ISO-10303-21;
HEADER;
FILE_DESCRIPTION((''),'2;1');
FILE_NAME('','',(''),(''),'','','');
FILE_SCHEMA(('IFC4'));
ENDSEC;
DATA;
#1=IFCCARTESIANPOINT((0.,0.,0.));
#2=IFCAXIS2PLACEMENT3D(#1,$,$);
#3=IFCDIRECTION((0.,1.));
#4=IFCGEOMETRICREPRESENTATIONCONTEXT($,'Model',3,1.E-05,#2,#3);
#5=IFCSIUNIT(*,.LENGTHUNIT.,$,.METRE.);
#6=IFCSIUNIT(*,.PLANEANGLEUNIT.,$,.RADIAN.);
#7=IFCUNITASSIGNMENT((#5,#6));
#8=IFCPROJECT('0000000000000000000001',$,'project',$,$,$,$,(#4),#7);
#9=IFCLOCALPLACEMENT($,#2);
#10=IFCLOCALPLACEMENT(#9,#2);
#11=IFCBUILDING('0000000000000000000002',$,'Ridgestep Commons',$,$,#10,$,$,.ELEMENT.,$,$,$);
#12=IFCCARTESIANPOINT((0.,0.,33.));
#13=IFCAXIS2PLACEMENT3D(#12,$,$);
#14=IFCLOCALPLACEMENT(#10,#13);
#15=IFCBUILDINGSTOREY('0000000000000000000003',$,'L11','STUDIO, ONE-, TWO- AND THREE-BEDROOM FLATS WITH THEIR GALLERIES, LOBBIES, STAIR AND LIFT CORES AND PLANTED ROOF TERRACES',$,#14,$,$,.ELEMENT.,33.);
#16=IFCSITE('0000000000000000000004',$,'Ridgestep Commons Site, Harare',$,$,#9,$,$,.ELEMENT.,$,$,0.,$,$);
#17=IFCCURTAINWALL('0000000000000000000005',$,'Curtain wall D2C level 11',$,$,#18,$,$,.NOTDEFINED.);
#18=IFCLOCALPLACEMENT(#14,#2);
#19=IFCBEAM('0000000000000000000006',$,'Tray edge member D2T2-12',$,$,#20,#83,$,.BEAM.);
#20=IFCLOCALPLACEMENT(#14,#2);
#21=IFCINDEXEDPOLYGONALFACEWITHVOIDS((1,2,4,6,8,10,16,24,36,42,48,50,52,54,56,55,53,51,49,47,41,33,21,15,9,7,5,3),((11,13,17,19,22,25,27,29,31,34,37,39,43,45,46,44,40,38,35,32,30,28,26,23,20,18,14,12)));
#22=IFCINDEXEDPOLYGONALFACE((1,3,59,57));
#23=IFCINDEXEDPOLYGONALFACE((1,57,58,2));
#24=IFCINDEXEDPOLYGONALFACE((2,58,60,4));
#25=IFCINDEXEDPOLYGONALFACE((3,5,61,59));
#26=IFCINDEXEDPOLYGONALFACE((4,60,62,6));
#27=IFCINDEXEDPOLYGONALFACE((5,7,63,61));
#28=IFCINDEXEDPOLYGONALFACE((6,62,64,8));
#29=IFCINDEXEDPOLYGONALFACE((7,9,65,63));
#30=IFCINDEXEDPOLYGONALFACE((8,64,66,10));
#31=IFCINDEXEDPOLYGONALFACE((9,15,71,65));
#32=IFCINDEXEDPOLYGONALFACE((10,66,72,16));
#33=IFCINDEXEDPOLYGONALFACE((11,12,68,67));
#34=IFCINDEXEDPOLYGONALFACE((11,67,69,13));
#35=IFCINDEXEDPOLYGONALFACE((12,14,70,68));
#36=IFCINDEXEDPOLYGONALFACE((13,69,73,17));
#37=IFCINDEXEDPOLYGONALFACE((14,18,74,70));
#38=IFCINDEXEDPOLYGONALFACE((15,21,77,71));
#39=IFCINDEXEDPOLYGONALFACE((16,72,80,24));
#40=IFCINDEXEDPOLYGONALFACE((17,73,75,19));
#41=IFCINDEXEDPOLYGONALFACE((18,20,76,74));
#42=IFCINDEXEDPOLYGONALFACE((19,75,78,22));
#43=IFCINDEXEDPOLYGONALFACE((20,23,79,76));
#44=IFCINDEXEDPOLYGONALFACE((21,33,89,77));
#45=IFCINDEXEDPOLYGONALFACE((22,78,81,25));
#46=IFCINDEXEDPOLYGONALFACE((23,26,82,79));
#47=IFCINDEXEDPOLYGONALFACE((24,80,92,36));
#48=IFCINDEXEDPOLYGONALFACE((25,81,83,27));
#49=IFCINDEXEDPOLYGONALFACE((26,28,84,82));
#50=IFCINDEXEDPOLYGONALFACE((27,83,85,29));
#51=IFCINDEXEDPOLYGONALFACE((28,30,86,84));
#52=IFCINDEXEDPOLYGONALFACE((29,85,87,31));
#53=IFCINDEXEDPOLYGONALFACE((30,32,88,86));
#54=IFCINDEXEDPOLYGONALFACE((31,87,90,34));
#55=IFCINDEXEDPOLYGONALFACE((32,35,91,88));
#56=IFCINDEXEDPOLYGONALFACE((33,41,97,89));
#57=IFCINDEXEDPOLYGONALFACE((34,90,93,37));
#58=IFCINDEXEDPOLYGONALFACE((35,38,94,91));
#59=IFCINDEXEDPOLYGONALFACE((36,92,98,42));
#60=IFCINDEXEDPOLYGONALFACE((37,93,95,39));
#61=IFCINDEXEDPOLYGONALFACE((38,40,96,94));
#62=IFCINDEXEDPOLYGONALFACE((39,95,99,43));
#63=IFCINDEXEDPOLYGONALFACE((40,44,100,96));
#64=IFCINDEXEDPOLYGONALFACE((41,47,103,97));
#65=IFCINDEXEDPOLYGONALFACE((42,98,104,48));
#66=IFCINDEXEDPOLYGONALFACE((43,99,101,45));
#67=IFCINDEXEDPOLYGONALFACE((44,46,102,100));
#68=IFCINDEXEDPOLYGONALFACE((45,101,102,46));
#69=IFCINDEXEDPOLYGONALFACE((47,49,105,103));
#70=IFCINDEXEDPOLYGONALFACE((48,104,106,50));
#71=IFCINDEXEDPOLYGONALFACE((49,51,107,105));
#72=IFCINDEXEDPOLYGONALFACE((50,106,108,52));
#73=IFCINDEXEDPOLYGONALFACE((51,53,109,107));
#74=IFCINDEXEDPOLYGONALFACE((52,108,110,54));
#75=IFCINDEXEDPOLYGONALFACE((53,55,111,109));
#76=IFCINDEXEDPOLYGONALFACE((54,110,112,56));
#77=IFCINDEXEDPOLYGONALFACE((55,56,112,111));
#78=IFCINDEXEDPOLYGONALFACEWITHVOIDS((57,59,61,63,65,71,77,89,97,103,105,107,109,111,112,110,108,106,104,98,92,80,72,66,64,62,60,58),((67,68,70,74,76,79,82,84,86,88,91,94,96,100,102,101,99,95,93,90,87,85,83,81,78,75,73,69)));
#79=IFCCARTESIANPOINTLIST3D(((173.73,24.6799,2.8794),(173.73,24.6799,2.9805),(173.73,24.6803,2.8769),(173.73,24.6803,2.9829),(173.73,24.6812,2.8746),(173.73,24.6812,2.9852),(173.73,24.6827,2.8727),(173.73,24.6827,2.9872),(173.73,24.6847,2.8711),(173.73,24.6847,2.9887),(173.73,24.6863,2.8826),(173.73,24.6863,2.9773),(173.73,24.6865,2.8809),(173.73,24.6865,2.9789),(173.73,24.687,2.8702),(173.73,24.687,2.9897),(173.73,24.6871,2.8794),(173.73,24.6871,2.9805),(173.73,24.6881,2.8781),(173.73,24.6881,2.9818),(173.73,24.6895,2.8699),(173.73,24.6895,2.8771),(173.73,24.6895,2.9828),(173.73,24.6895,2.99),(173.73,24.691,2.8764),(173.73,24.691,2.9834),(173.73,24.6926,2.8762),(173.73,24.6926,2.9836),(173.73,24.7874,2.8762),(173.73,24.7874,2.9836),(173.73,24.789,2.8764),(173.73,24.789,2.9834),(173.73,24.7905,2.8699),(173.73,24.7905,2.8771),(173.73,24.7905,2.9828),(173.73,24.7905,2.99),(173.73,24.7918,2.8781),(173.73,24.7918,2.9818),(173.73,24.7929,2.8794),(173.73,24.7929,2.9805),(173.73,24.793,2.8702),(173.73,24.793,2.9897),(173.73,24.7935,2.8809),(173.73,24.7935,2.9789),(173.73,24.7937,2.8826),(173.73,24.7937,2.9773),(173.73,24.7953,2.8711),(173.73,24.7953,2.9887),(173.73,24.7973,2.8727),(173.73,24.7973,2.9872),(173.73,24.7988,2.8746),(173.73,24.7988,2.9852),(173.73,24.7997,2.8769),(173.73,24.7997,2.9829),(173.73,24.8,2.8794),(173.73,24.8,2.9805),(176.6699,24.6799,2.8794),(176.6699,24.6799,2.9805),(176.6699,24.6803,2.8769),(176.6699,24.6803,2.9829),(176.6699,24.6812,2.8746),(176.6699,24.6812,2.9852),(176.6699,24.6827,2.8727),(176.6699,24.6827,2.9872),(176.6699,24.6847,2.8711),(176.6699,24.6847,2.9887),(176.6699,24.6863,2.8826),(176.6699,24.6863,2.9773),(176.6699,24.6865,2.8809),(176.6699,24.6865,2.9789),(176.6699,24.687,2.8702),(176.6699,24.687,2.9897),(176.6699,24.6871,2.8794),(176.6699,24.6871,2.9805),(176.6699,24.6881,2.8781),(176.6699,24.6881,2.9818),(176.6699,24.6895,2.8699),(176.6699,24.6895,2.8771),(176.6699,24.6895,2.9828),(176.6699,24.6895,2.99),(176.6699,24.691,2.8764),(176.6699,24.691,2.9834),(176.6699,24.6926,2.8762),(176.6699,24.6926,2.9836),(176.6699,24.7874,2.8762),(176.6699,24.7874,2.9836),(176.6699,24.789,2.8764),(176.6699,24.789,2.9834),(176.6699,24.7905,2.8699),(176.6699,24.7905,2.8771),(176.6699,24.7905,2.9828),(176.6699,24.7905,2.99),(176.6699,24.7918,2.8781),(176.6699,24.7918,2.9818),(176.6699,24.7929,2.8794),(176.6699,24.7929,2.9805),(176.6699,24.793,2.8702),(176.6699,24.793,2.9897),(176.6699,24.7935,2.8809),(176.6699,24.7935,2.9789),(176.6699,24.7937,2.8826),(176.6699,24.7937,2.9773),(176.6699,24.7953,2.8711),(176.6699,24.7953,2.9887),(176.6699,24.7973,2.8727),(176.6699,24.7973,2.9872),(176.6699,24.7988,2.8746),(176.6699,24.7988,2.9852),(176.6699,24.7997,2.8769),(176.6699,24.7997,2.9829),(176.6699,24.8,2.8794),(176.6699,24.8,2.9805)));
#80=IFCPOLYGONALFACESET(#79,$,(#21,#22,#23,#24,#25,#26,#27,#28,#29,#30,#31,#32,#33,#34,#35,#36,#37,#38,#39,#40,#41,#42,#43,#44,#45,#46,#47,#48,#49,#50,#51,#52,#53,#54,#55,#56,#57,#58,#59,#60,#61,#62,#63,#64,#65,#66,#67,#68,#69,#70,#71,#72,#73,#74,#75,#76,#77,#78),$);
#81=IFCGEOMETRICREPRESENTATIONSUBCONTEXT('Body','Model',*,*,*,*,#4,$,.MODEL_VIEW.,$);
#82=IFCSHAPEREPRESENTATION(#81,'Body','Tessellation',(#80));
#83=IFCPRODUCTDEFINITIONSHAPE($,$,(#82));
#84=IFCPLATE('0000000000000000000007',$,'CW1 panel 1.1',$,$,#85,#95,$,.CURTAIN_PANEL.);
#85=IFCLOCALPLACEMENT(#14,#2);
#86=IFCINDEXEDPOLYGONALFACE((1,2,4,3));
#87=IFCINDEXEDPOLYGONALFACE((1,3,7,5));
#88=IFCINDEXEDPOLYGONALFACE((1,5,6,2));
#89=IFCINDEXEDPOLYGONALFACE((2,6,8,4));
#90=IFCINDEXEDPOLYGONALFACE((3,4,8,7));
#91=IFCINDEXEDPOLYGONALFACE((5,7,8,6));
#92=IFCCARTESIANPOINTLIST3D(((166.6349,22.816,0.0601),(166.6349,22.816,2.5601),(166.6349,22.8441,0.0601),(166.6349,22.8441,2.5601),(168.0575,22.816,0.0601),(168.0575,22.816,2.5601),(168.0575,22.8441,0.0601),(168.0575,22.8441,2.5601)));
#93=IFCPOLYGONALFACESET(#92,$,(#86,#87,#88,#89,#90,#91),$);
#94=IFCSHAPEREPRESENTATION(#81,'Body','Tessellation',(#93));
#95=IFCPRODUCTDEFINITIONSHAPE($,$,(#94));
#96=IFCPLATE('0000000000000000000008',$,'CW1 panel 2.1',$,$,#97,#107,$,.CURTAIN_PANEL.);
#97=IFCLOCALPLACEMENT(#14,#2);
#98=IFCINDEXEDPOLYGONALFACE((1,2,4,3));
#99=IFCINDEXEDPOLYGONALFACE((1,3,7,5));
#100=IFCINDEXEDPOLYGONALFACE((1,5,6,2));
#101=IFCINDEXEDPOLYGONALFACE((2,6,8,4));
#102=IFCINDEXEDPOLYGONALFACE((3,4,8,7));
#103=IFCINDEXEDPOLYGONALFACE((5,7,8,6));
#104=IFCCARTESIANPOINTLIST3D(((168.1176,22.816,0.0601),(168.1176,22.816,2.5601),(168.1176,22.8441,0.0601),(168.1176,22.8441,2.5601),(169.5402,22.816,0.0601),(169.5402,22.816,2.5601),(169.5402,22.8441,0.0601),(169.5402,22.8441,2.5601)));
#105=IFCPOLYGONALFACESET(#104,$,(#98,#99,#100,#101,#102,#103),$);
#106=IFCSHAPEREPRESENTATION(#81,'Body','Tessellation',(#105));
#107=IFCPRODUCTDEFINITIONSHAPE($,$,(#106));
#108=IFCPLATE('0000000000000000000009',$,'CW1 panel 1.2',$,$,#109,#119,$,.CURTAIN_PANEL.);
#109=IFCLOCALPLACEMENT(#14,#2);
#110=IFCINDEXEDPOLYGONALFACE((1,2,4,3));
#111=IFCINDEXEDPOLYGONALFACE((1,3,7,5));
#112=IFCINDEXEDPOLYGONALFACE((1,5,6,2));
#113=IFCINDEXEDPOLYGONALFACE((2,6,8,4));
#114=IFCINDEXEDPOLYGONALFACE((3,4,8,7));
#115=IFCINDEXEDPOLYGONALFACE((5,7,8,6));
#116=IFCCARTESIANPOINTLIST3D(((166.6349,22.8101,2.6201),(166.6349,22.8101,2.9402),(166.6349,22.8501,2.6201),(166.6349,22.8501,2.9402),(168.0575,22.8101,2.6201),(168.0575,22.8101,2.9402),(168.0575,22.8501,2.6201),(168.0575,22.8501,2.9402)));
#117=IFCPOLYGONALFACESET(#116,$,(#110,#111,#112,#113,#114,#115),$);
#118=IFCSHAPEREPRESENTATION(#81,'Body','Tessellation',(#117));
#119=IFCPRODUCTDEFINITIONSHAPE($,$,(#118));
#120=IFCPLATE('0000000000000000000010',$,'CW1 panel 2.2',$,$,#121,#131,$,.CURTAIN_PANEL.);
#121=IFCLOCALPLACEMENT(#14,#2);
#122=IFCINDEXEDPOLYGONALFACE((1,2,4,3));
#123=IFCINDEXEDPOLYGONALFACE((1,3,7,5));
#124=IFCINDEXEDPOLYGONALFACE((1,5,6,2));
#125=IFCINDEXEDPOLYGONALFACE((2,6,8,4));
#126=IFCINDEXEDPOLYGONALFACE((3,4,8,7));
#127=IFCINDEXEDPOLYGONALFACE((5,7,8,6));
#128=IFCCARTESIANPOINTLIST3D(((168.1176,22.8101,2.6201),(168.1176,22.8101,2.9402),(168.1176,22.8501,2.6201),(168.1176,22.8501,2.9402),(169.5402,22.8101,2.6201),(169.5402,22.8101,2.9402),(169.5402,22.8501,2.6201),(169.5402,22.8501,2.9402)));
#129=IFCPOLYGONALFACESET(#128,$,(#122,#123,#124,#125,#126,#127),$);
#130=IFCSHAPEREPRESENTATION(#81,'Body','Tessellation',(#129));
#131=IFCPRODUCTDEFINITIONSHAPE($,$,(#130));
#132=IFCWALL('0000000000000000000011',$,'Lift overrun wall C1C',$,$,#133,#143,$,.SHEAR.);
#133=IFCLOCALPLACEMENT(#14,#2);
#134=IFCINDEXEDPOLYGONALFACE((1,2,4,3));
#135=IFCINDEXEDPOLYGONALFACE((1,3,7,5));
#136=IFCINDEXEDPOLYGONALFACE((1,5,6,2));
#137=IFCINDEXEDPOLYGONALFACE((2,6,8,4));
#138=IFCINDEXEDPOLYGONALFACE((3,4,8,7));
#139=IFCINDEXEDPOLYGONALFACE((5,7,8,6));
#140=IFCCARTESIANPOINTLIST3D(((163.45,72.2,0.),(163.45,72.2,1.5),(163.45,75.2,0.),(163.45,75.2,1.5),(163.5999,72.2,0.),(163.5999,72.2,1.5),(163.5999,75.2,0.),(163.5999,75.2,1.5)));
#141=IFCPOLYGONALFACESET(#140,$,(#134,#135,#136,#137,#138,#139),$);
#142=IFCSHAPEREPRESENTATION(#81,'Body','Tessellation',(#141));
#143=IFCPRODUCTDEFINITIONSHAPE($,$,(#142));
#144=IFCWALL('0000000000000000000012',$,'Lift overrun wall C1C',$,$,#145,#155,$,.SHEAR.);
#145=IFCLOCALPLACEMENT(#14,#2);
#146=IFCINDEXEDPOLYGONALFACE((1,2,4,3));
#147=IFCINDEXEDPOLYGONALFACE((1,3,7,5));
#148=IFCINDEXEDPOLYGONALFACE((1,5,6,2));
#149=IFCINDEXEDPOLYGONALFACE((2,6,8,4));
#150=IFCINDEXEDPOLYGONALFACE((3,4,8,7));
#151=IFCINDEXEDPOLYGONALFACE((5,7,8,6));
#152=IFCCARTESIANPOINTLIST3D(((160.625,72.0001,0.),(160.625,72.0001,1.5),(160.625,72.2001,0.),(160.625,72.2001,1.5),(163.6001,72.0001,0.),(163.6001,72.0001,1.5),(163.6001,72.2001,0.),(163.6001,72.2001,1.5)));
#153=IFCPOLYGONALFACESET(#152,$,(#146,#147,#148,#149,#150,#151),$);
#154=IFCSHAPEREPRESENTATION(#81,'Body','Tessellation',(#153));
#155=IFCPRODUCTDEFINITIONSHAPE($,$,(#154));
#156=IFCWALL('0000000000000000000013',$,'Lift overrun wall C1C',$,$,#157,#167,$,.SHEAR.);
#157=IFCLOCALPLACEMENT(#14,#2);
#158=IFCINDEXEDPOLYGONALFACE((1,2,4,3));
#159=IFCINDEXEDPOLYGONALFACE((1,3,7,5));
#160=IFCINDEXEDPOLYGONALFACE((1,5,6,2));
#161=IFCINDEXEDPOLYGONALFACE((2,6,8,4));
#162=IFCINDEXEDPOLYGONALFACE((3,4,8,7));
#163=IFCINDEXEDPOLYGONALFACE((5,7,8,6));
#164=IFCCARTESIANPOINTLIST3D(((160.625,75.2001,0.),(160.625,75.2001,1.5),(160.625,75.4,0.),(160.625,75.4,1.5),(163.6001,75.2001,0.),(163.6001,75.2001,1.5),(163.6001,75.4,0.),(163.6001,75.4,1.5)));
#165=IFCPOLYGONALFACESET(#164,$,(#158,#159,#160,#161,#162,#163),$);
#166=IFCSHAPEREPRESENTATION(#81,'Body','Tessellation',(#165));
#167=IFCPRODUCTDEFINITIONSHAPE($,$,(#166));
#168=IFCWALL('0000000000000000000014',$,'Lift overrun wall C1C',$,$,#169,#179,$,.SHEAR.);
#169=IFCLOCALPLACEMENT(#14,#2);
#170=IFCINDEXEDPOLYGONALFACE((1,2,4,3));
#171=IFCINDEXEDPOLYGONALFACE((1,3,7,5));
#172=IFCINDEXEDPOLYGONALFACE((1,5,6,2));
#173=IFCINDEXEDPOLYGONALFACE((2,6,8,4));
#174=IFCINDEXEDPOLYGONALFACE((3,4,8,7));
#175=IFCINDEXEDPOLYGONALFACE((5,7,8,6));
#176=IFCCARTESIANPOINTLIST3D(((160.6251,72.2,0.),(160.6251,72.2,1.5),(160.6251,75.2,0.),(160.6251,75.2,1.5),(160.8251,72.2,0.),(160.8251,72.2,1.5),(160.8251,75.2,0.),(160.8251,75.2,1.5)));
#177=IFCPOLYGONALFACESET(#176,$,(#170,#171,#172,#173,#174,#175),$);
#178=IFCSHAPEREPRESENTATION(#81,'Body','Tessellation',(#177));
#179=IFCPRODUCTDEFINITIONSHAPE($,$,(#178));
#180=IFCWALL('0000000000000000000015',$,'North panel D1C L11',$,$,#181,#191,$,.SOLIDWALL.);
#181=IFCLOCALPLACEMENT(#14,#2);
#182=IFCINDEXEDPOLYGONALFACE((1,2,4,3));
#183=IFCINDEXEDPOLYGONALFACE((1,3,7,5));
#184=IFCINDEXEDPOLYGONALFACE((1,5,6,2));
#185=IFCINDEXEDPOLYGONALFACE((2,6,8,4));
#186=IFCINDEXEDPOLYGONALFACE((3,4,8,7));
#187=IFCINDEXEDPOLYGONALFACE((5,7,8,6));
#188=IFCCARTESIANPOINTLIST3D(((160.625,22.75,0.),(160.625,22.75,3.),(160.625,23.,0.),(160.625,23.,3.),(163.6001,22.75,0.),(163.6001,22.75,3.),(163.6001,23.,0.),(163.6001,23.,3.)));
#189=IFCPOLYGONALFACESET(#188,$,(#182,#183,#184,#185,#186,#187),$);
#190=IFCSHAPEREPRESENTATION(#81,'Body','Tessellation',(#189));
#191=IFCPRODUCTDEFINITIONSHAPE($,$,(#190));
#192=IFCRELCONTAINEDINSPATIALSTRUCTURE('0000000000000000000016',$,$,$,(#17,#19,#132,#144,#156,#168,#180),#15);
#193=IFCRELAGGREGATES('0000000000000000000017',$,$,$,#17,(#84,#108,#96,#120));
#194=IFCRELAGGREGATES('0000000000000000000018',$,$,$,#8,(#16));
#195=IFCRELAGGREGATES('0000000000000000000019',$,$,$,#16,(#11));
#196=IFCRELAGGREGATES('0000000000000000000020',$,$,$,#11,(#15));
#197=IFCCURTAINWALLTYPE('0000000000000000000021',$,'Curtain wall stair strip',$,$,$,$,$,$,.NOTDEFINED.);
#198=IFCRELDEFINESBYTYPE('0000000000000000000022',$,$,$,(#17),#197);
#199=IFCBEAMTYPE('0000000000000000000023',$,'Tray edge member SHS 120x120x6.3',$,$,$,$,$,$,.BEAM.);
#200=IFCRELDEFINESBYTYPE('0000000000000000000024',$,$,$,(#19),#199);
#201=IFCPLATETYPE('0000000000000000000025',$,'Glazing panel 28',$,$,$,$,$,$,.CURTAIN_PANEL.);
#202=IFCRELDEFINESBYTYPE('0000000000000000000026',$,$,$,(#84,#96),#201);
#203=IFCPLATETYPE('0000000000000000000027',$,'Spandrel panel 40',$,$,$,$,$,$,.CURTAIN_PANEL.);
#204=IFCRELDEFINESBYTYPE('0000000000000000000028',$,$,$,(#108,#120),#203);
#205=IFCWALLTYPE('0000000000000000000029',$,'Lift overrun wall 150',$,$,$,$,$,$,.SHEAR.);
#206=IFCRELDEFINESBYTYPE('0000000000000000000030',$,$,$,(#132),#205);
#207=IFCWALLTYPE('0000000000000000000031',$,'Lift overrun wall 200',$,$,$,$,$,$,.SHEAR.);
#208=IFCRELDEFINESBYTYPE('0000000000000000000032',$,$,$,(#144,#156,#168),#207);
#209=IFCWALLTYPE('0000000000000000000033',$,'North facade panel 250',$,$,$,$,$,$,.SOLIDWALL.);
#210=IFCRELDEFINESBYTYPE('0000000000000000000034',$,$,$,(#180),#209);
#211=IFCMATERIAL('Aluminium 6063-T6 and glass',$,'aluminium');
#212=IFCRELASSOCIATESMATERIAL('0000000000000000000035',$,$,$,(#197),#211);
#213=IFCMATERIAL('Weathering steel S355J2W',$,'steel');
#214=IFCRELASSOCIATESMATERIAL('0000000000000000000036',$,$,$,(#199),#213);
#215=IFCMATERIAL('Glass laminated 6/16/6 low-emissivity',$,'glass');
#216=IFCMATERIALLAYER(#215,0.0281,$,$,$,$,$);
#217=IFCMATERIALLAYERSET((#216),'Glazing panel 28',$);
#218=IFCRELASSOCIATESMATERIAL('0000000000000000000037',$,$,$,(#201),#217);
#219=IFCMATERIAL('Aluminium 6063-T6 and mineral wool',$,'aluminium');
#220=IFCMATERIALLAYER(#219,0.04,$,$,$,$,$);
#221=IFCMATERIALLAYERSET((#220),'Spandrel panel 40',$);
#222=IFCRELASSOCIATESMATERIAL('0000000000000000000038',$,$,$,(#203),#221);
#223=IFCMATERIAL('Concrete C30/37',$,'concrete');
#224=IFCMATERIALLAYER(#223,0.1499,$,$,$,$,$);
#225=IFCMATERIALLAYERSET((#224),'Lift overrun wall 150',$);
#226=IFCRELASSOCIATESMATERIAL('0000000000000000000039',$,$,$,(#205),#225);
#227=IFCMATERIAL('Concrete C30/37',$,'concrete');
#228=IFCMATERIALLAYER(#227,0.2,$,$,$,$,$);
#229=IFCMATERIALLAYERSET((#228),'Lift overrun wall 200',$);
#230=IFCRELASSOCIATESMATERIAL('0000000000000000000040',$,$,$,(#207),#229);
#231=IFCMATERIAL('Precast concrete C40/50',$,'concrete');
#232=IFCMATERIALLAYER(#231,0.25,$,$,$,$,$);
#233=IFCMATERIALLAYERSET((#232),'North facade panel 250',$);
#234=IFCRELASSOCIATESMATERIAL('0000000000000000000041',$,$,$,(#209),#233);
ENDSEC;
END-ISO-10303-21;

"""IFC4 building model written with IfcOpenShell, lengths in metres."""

from ifc_helpers import new_model, si_unit, direction, frame, frame_2d, origin, origin_2d, place, context, subcontext, project, spatial, rectangle, hollow_rectangle, extrude, material, layer, layer_set, material_profile, profile_set, type_object, element, aggregate, save


model = new_model("IFC4")

# Units and contexts
model_context = context("Model", 3, precision=1e-05, world=origin(), true_north=direction((0.0, 1.0)))
body_context = subcontext(model_context, "Body", "Model", "MODEL_VIEW")
ifc_project = project(units=[si_unit("LENGTHUNIT", "METRE"), si_unit("PLANEANGLEUNIT", "RADIAN")], contexts=[model_context])

# Site, building, storey
site_placement = place(None, origin())
site = spatial("IfcSite", under=ifc_project, at=site_placement, Name="Ridgestep Commons Site, Harare", CompositionType="ELEMENT", RefElevation=0.0)
building_placement = place(site_placement, origin())
building = spatial("IfcBuilding", under=site, at=building_placement, Name="Ridgestep Commons", CompositionType="ELEMENT")
storey_placement = place(building_placement, frame((0.0, 0.0, 33.0)))
storey = spatial("IfcBuildingStorey", under=building, at=storey_placement, Name="L11", Description="STUDIO, ONE-, TWO- AND THREE-BEDROOM FLATS WITH THEIR GALLERIES, LOBBIES, STAIR AND LIFT CORES AND PLANTED ROOF TERRACES", CompositionType="ELEMENT", Elevation=33.0)

# Curtain wall
ifc_material_1 = material(Name="Aluminium 6063-T6 and glass", Category="aluminium")
curtain_wall_type = type_object("IfcCurtainWallType", Name="Curtain wall stair strip", PredefinedType="NOTDEFINED", material=ifc_material_1)
curtain_wall_placement = place(storey_placement, origin())
curtain_wall = element("IfcCurtainWall", 1, at=curtain_wall_placement, inside=storey, type_object=curtain_wall_type, Name="Curtain wall D2C level 11", PredefinedType="NOTDEFINED")

# Beam
ifc_material_2 = material(Name="Weathering steel S355J2W", Category="steel")
ifc_material_profile_1 = material_profile(ifc_material_2, hollow_rectangle(XDim=0.1201, YDim=0.1201, WallThickness=0.0063, InnerFilletRadius=0.0063, OuterFilletRadius=0.0095, at=origin_2d()), Name="SHS 120x120x6.3")
ifc_profile_set_1 = profile_set([ifc_material_profile_1], Name="Weathering steel S355J2W")
beam_type_1 = type_object("IfcBeamType", Name="Tray edge member SHS 120x120x6.3", PredefinedType="BEAM", material=ifc_profile_set_1)
beam_1_placement = place(storey_placement, frame((173.73, 24.74, 2.9299), z_axis=(1.0, 0.0, 0.0), x_axis=(0.0, 0.0, 1.0)))
element("IfcBeam", 2, at=beam_1_placement, inside=storey, type_object=beam_type_1, Name="Tray edge member D2T2-12", PredefinedType="BEAM", context=body_context, shape_type="SweptSolid", body=[
    extrude(hollow_rectangle(XDim=0.1201, YDim=0.1201, WallThickness=0.0063, InnerFilletRadius=0.0063, OuterFilletRadius=0.0095, at=origin_2d()), origin(), (0.0, 0.0, 1.0), 2.9399),
])

# Plates
ifc_material_3 = material(Name="Glass laminated 6/16/6 low-emissivity", Category="glass")
ifc_layer_1 = layer(ifc_material_3, 0.0281)
ifc_layer_set_1 = layer_set([ifc_layer_1], Name="Glazing panel 28")
plate_type_1 = type_object("IfcPlateType", Name="Glazing panel 28", PredefinedType="CURTAIN_PANEL", material=ifc_layer_set_1)
plate_1_placement = place(storey_placement, frame((167.3462, 22.8301, 0.0601), z_axis=(0.0, 0.0, 1.0), x_axis=(1.0, 0.0, 0.0)))
plate_1 = element("IfcPlate", 3, at=plate_1_placement, type_object=plate_type_1, Name="CW1 panel 1.1", PredefinedType="CURTAIN_PANEL", context=body_context, shape_type="SweptSolid", body=[
    extrude(rectangle(XDim=1.4226, YDim=0.0281, at=origin_2d()), origin(), (0.0, 0.0, 1.0), 2.5),
])
plate_2_placement = place(storey_placement, frame((168.8289, 22.8301, 0.0601), z_axis=(0.0, 0.0, 1.0), x_axis=(1.0, 0.0, 0.0)))
plate_2 = element("IfcPlate", 4, at=plate_2_placement, type_object=plate_type_1, Name="CW1 panel 2.1", PredefinedType="CURTAIN_PANEL", context=body_context, shape_type="SweptSolid", body=[
    extrude(rectangle(XDim=1.4226, YDim=0.0281, at=origin_2d()), origin(), (0.0, 0.0, 1.0), 2.5),
])
ifc_material_4 = material(Name="Aluminium 6063-T6 and mineral wool", Category="aluminium")
ifc_layer_2 = layer(ifc_material_4, 0.04)
ifc_layer_set_2 = layer_set([ifc_layer_2], Name="Spandrel panel 40")
plate_type_2 = type_object("IfcPlateType", Name="Spandrel panel 40", PredefinedType="CURTAIN_PANEL", material=ifc_layer_set_2)
plate_3_placement = place(storey_placement, frame((167.3462, 22.8301, 2.6201), z_axis=(0.0, 0.0, 1.0), x_axis=(1.0, 0.0, 0.0)))
plate_3 = element("IfcPlate", 5, at=plate_3_placement, type_object=plate_type_2, Name="CW1 panel 1.2", PredefinedType="CURTAIN_PANEL", context=body_context, shape_type="SweptSolid", body=[
    extrude(rectangle(XDim=1.4226, YDim=0.04, at=origin_2d()), origin(), (0.0, 0.0, 1.0), 0.3201),
])
plate_4_placement = place(storey_placement, frame((168.8289, 22.8301, 2.6201), z_axis=(0.0, 0.0, 1.0), x_axis=(1.0, 0.0, 0.0)))
plate_4 = element("IfcPlate", 6, at=plate_4_placement, type_object=plate_type_2, Name="CW1 panel 2.2", PredefinedType="CURTAIN_PANEL", context=body_context, shape_type="SweptSolid", body=[
    extrude(rectangle(XDim=1.4226, YDim=0.04, at=origin_2d()), origin(), (0.0, 0.0, 1.0), 0.3201),
])
aggregate(curtain_wall, [plate_1, plate_3, plate_2, plate_4])

# Walls
ifc_material_5 = material(Name="Concrete C30/37", Category="concrete")
ifc_layer_3 = layer(ifc_material_5, 0.1499)
ifc_layer_set_3 = layer_set([ifc_layer_3], Name="Lift overrun wall 150")
wall_type_1 = type_object("IfcWallType", Name="Lift overrun wall 150", PredefinedType="SHEAR", material=ifc_layer_set_3)
wall_1_placement = place(storey_placement, frame((163.5249, 72.2, 0.0), z_axis=(0.0, 0.0, 1.0), x_axis=(0.0, 1.0, 0.0)))
element("IfcWall", 7, at=wall_1_placement, inside=storey, type_object=wall_type_1, Name="Lift overrun wall C1C", PredefinedType="SHEAR", context=body_context, shape_type="SweptSolid", body=[
    extrude(rectangle(XDim=3.0, YDim=0.1499, at=frame_2d((1.5, 0.0))), origin(), (0.0, 0.0, 1.0), 1.5),
])
ifc_material_6 = material(Name="Concrete C30/37", Category="concrete")
ifc_layer_4 = layer(ifc_material_6, 0.2)
ifc_layer_set_4 = layer_set([ifc_layer_4], Name="Lift overrun wall 200")
wall_type_2 = type_object("IfcWallType", Name="Lift overrun wall 200", PredefinedType="SHEAR", material=ifc_layer_set_4)
for number, where, z_axis, x_axis, name in (
    (8, (160.625, 72.1001, 0.0), (0.0, 0.0, 1.0), (1.0, 0.0, 0.0), "Lift overrun wall C1C"),
    (9, (160.625, 75.3, 0.0), (0.0, 0.0, 1.0), (1.0, 0.0, 0.0), "Lift overrun wall C1C"),
):
    element("IfcWall", number, at=place(storey_placement, frame(where, z_axis=z_axis, x_axis=x_axis)), inside=storey, type_object=wall_type_2, Name=name, PredefinedType="SHEAR", context=body_context, shape_type="SweptSolid", body=[
        extrude(rectangle(XDim=2.9751, YDim=0.2, at=frame_2d((1.4875, 0.0))), origin(), (0.0, 0.0, 1.0), 1.5),
    ])
wall_2_placement = place(storey_placement, frame((160.7251, 72.2, 0.0), z_axis=(0.0, 0.0, 1.0), x_axis=(0.0, 1.0, 0.0)))
element("IfcWall", 10, at=wall_2_placement, inside=storey, type_object=wall_type_2, Name="Lift overrun wall C1C", PredefinedType="SHEAR", context=body_context, shape_type="SweptSolid", body=[
    extrude(rectangle(XDim=3.0, YDim=0.2, at=frame_2d((1.5, 0.0))), origin(), (0.0, 0.0, 1.0), 1.5),
])
ifc_material_7 = material(Name="Precast concrete C40/50", Category="concrete")
ifc_layer_5 = layer(ifc_material_7, 0.25)
ifc_layer_set_5 = layer_set([ifc_layer_5], Name="North facade panel 250")
wall_type_3 = type_object("IfcWallType", Name="North facade panel 250", PredefinedType="SOLIDWALL", material=ifc_layer_set_5)
wall_3_placement = place(storey_placement, frame((160.625, 22.875, 0.0), z_axis=(0.0, 0.0, 1.0), x_axis=(1.0, 0.0, 0.0)))
element("IfcWall", 11, at=wall_3_placement, inside=storey, type_object=wall_type_3, Name="North panel D1C L11", PredefinedType="SOLIDWALL", context=body_context, shape_type="SweptSolid", body=[
    extrude(rectangle(XDim=2.9751, YDim=0.25, at=frame_2d((1.4875, 0.0))), origin(), (0.0, 0.0, 1.0), 3.0),
])

save(model, "model.ifc")
